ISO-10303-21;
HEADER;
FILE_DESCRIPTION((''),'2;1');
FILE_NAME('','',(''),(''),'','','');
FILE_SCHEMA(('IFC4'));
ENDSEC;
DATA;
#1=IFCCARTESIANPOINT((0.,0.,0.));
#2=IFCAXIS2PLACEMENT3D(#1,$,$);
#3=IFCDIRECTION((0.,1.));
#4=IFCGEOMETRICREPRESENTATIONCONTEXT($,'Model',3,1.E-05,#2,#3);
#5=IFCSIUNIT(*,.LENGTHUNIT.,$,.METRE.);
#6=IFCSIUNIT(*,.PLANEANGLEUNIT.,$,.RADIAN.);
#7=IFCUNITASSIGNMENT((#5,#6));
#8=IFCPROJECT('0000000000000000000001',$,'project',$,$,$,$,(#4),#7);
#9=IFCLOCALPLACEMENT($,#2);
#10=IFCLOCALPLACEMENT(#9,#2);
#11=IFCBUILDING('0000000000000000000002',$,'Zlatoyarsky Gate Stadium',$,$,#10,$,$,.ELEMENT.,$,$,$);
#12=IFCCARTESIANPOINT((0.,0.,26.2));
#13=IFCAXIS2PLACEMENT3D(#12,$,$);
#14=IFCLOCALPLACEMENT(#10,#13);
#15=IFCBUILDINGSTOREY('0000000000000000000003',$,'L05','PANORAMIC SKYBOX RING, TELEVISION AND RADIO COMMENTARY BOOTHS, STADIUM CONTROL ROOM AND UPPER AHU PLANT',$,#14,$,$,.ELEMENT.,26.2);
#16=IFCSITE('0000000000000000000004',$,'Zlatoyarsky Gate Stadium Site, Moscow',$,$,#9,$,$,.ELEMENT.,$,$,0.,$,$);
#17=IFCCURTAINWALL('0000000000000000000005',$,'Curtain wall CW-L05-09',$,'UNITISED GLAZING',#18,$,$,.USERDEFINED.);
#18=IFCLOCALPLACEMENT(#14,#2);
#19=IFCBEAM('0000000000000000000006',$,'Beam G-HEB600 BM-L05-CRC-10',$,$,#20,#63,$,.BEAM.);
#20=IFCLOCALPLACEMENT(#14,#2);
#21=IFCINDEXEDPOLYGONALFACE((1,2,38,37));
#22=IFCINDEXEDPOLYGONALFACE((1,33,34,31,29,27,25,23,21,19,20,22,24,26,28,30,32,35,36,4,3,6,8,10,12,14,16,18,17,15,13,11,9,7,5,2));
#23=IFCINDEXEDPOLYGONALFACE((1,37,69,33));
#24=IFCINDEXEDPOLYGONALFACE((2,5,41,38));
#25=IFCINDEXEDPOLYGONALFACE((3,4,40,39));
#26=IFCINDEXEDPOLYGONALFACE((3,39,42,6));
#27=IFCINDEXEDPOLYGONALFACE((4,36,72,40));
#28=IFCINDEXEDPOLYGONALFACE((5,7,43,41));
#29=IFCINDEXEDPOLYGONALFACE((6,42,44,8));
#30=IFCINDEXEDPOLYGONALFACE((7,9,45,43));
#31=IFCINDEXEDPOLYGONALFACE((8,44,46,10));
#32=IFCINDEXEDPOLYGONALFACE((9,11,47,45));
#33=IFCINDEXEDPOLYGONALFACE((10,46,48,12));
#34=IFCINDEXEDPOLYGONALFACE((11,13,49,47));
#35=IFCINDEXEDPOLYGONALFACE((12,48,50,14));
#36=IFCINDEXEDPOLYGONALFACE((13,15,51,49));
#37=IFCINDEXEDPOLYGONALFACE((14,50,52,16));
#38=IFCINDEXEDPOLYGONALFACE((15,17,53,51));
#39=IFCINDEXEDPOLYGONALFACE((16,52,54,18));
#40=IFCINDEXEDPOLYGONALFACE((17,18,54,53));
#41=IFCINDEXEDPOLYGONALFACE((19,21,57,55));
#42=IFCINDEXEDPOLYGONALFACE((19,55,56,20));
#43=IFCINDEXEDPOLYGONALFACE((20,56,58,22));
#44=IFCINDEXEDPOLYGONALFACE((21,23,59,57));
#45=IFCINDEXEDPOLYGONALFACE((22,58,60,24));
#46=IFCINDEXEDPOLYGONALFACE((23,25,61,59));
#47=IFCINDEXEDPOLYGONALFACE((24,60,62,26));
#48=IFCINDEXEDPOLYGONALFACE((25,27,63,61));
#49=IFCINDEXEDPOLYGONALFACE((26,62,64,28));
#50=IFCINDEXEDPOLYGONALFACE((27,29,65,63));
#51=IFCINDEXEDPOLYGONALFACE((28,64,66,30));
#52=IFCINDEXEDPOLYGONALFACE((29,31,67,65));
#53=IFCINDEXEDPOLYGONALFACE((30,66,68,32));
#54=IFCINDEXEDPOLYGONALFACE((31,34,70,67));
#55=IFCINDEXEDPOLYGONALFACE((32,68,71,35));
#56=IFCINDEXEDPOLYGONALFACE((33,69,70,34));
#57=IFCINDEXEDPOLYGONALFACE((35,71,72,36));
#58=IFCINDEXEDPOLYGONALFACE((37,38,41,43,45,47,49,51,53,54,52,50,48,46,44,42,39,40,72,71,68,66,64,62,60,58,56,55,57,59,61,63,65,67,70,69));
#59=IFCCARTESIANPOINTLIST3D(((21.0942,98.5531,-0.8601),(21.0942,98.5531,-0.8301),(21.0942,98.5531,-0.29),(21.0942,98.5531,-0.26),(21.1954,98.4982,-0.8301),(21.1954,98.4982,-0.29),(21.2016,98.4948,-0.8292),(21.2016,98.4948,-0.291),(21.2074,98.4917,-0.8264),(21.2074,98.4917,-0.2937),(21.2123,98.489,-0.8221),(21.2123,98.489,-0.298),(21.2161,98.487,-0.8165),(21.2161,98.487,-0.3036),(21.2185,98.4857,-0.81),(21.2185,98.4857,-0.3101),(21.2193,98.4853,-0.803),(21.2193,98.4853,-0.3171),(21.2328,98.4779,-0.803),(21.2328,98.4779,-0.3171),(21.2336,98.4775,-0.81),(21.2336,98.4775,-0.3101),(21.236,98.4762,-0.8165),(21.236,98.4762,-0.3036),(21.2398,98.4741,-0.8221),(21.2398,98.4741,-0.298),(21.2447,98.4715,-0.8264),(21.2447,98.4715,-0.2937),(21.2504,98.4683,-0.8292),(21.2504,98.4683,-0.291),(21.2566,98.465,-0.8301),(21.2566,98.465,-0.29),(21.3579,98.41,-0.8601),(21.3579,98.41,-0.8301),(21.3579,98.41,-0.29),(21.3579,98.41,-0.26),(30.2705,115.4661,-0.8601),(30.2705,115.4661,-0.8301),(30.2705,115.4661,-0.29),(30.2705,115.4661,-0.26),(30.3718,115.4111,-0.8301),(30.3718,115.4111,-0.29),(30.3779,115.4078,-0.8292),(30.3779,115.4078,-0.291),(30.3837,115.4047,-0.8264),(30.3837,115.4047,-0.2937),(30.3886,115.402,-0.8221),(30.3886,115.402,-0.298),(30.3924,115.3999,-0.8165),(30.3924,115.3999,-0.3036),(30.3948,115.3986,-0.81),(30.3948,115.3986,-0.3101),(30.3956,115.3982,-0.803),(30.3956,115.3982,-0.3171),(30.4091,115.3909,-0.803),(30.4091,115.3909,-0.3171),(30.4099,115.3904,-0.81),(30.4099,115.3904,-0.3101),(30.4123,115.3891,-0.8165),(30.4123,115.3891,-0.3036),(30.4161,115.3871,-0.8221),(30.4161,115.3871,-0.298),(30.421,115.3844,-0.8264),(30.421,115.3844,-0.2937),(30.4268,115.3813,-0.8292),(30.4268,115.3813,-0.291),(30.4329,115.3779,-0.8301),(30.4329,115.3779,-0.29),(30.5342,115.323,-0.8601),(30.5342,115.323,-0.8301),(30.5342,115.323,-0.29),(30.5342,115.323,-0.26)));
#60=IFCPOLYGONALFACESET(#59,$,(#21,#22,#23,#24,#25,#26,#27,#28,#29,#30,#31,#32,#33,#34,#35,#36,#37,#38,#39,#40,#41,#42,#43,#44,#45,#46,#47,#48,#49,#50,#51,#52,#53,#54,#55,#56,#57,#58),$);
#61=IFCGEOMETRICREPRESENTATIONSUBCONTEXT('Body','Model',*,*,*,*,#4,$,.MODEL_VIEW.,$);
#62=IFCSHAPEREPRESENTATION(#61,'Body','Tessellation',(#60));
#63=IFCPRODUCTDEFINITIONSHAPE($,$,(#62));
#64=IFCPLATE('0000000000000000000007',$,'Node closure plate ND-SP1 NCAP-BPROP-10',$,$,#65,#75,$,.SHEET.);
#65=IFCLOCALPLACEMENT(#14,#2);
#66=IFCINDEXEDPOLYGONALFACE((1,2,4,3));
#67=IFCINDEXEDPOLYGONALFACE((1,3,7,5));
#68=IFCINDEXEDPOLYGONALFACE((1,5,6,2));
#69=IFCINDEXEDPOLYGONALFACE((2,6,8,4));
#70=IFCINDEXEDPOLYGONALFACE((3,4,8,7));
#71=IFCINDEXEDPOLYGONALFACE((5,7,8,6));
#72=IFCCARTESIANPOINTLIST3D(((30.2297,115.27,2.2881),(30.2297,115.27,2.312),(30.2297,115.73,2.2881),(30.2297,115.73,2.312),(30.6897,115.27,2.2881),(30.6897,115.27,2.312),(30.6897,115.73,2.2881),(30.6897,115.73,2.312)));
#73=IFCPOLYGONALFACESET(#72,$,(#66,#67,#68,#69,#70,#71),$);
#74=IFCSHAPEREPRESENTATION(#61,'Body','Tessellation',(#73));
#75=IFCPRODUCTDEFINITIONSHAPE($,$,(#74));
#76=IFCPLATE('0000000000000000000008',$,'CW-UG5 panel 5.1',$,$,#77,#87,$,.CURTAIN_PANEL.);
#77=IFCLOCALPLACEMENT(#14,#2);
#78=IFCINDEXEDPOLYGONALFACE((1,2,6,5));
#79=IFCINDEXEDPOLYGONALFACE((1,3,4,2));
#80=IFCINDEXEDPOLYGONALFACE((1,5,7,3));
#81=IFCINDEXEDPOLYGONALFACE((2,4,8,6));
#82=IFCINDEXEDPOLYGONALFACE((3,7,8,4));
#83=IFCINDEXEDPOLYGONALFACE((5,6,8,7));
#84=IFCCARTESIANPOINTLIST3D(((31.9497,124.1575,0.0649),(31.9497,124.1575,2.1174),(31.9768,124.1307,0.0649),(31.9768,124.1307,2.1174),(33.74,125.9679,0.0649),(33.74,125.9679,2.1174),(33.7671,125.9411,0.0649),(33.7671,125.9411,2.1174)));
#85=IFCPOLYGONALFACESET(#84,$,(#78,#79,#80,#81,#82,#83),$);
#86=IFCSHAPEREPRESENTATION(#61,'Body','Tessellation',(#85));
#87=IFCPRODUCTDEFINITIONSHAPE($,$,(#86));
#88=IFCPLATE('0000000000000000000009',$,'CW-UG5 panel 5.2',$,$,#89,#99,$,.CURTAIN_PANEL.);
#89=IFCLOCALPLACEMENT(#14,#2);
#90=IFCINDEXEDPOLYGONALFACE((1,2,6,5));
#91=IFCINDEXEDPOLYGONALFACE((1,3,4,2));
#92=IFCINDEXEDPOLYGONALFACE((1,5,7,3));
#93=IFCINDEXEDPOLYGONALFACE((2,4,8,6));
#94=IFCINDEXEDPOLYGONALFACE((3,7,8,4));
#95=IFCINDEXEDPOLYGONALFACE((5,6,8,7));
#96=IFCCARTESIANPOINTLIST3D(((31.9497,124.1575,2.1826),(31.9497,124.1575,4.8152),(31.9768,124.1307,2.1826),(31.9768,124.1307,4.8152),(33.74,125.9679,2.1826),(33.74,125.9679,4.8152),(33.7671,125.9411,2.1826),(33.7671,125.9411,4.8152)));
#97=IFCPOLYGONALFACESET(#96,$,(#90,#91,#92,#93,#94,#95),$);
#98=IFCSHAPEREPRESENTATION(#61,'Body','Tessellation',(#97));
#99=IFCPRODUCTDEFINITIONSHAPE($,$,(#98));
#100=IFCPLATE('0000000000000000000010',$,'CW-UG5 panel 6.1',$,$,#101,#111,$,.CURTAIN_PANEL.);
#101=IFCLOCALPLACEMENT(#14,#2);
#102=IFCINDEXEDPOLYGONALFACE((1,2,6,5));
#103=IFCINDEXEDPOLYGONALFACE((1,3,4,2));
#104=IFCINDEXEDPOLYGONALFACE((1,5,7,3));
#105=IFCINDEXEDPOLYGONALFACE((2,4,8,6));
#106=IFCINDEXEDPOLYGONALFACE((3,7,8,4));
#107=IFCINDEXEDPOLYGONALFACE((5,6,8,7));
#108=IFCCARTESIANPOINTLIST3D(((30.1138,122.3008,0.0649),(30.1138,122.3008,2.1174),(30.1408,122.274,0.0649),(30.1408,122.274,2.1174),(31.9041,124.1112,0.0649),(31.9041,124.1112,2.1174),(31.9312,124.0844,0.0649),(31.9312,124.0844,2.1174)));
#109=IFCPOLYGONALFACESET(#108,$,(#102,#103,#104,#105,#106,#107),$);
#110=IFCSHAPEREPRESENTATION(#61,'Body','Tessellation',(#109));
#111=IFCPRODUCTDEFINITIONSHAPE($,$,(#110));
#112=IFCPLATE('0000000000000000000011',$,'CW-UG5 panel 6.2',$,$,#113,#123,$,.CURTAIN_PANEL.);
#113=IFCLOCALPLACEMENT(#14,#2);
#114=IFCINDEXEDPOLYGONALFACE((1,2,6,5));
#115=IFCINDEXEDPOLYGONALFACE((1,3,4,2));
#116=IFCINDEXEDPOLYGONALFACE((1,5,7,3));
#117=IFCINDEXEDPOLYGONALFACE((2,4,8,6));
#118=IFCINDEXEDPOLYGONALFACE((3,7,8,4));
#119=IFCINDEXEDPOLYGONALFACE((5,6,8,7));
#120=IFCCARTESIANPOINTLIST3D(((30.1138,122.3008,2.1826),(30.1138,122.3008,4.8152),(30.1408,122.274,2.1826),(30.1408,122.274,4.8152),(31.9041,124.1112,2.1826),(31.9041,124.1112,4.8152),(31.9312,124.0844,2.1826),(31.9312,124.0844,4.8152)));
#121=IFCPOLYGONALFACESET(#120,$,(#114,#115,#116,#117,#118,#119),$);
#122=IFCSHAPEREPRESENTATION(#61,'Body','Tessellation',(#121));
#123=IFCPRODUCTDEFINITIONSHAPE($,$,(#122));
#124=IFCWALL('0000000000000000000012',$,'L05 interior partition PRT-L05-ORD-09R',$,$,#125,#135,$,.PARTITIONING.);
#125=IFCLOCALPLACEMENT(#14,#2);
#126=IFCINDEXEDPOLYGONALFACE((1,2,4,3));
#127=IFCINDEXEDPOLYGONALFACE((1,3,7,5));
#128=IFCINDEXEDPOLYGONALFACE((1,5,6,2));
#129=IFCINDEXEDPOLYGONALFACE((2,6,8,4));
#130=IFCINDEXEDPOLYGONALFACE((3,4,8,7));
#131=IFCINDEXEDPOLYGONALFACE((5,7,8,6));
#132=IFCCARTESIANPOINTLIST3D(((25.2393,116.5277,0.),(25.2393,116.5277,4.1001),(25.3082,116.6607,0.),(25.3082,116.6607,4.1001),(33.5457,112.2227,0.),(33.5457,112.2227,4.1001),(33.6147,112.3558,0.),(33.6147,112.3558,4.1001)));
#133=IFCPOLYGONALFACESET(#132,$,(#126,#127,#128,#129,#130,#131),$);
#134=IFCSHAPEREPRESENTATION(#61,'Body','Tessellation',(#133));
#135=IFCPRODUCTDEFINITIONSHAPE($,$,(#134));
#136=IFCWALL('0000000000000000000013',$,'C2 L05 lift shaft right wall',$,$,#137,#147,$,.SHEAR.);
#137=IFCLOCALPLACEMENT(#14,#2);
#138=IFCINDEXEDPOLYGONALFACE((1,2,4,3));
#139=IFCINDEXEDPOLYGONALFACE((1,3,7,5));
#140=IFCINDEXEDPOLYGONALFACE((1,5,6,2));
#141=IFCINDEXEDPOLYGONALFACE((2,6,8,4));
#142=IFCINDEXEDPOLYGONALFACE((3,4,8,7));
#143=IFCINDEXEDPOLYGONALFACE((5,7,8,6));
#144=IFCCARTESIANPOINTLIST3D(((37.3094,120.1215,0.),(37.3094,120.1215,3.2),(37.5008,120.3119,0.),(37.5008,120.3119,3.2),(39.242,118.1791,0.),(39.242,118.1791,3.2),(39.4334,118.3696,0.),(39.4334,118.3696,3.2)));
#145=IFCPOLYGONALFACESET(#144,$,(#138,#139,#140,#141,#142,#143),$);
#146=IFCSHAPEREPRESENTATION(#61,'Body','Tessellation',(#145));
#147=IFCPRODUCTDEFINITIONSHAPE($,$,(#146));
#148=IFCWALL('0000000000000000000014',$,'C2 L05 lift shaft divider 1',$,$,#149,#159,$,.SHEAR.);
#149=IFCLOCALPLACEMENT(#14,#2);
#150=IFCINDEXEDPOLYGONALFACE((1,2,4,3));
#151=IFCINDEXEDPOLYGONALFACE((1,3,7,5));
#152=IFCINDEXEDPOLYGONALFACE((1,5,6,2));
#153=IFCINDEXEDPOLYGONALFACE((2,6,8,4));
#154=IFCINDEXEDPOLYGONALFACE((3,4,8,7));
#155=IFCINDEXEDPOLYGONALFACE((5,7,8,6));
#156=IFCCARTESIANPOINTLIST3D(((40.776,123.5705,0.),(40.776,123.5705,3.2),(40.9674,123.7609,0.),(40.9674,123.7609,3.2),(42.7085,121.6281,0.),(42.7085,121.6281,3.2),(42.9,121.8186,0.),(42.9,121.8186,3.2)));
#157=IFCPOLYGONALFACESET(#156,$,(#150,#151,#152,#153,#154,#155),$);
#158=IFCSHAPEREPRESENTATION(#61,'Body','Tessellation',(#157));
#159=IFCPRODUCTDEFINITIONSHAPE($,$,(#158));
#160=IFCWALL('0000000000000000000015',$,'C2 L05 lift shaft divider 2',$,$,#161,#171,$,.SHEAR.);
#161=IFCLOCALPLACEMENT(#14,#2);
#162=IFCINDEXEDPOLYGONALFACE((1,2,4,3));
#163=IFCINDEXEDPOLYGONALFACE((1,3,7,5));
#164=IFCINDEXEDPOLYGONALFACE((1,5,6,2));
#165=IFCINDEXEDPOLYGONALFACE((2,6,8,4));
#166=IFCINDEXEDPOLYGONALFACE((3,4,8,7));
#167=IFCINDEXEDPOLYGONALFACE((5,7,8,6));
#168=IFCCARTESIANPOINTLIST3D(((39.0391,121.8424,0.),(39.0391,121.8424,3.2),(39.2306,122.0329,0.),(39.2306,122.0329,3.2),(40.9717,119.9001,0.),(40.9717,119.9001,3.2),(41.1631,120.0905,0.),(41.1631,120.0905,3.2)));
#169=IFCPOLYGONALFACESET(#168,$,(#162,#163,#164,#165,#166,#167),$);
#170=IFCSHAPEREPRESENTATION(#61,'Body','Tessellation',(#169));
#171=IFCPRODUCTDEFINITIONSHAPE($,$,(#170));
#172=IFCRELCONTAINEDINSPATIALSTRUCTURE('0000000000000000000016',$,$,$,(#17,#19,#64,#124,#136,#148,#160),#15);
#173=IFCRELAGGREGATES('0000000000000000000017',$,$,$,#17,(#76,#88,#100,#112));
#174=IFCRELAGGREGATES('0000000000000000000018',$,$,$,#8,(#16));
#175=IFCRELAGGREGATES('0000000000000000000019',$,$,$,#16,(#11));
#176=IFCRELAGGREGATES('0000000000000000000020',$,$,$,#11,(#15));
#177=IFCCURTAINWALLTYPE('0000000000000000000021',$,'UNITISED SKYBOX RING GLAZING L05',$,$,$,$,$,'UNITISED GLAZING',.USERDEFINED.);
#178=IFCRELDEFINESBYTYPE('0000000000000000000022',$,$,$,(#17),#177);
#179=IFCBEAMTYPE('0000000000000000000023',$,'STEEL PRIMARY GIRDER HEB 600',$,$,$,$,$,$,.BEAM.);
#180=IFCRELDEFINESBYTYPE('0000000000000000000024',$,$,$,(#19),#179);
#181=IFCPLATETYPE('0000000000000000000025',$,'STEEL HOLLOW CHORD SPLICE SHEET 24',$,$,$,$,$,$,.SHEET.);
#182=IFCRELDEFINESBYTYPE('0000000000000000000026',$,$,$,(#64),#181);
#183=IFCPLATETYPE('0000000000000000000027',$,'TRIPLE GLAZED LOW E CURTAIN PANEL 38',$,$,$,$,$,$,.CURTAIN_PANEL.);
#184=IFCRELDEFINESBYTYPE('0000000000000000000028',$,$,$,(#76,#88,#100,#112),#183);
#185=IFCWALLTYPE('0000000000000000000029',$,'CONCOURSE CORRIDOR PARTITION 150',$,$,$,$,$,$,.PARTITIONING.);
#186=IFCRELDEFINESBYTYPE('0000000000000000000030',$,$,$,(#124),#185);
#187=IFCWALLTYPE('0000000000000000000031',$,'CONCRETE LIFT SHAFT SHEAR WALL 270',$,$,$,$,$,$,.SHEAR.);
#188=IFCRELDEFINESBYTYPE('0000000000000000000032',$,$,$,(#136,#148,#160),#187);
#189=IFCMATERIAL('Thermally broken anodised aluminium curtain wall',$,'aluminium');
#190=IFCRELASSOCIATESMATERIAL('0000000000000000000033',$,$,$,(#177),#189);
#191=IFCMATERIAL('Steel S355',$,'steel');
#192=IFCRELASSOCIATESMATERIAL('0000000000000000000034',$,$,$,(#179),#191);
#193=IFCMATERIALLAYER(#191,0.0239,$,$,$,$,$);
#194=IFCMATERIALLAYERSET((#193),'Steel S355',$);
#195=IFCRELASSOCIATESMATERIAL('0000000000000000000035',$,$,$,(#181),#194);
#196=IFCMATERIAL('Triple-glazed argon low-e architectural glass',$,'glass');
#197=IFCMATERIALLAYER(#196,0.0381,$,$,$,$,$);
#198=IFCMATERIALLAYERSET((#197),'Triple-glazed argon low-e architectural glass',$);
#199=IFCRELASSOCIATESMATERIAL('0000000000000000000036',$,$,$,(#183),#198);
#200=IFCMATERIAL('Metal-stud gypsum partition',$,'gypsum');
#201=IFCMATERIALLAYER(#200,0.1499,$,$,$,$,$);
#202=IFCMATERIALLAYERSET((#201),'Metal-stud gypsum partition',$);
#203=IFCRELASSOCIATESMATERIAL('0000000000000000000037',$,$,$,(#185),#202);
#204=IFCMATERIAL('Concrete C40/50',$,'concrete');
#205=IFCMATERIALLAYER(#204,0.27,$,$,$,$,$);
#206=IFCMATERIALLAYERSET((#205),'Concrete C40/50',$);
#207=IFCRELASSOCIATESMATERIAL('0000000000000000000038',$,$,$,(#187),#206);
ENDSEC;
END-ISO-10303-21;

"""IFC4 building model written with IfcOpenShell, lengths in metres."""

from ifc_helpers import new_model, si_unit, direction, frame, frame_2d, origin, origin_2d, place, context, subcontext, project, spatial, rectangle, i_section, extrude, material, layer, layer_set, material_profile, profile_set, type_object, element, aggregate, save


model = new_model("IFC4")

# Units and contexts
model_context = context("Model", 3, precision=1e-05, world=origin(), true_north=direction((0.0, 1.0)))
body_context = subcontext(model_context, "Body", "Model", "MODEL_VIEW")
ifc_project = project(units=[si_unit("LENGTHUNIT", "METRE"), si_unit("PLANEANGLEUNIT", "RADIAN")], contexts=[model_context])

# Site, building, storey
site_placement = place(None, origin())
site = spatial("IfcSite", under=ifc_project, at=site_placement, Name="Zlatoyarsky Gate Stadium Site, Moscow", CompositionType="ELEMENT", RefElevation=0.0)
building_placement = place(site_placement, origin())
building = spatial("IfcBuilding", under=site, at=building_placement, Name="Zlatoyarsky Gate Stadium", CompositionType="ELEMENT")
storey_placement = place(building_placement, frame((0.0, 0.0, 26.2)))
storey = spatial("IfcBuildingStorey", under=building, at=storey_placement, Name="L05", Description="PANORAMIC SKYBOX RING, TELEVISION AND RADIO COMMENTARY BOOTHS, STADIUM CONTROL ROOM AND UPPER AHU PLANT", CompositionType="ELEMENT", Elevation=26.2)

# Shared definitions
ifc_material_1 = material(Name="Steel S355", Category="steel")

# Curtain wall
ifc_material_2 = material(Name="Thermally broken anodised aluminium curtain wall", Category="aluminium")
curtain_wall_type = type_object("IfcCurtainWallType", Name="UNITISED SKYBOX RING GLAZING L05", ElementType="UNITISED GLAZING", PredefinedType="USERDEFINED", material=ifc_material_2)
curtain_wall_placement = place(storey_placement, origin())
curtain_wall = element("IfcCurtainWall", 1, at=curtain_wall_placement, inside=storey, type_object=curtain_wall_type, Name="Curtain wall CW-L05-09", ObjectType="UNITISED GLAZING", PredefinedType="USERDEFINED")

# Beam
ifc_material_profile_1 = material_profile(ifc_material_1, i_section(OverallWidth=0.3, OverallDepth=0.6001, WebThickness=0.0154, FlangeThickness=0.03, FilletRadius=0.0271, at=origin_2d()), Name="HEB 600")
ifc_profile_set_1 = profile_set([ifc_material_profile_1], Name="Steel S355")
beam_type_1 = type_object("IfcBeamType", Name="STEEL PRIMARY GIRDER HEB 600", PredefinedType="BEAM", material=ifc_profile_set_1)
beam_1_placement = place(storey_placement, frame((30.4023, 115.3945, -0.5601), z_axis=(-0.476892, -0.878962, 0.0), x_axis=(0.878962, -0.476892, 0.0)))
element("IfcBeam", 2, at=beam_1_placement, inside=storey, type_object=beam_type_1, Name="Beam G-HEB600 BM-L05-CRC-10", PredefinedType="BEAM", context=body_context, shape_type="SweptSolid", body=[
    extrude(i_section(OverallWidth=0.3, OverallDepth=0.6001, WebThickness=0.0154, FlangeThickness=0.03, FilletRadius=0.0271, at=origin_2d()), origin(), (0.0, 0.0, 1.0), 19.2419),
])

# Plates
ifc_layer_1 = layer(ifc_material_1, 0.0239)
ifc_layer_set_1 = layer_set([ifc_layer_1], Name="Steel S355")
plate_type_1 = type_object("IfcPlateType", Name="STEEL HOLLOW CHORD SPLICE SHEET 24", PredefinedType="SHEET", material=ifc_layer_set_1)
plate_1_placement = place(storey_placement, frame((30.4597, 115.5, 2.2881), z_axis=(0.0, 0.0, 1.0), x_axis=(1.0, 0.0, 0.0)))
element("IfcPlate", 3, at=plate_1_placement, inside=storey, type_object=plate_type_1, Name="Node closure plate ND-SP1 NCAP-BPROP-10", PredefinedType="SHEET", context=body_context, shape_type="SweptSolid", body=[
    extrude(rectangle(XDim=0.46, YDim=0.46, at=origin_2d()), origin(), (0.0, 0.0, 1.0), 0.0239),
])
ifc_material_3 = material(Name="Triple-glazed argon low-e architectural glass", Category="glass")
ifc_layer_2 = layer(ifc_material_3, 0.0381)
ifc_layer_set_2 = layer_set([ifc_layer_2], Name="Triple-glazed argon low-e architectural glass")
plate_type_2 = type_object("IfcPlateType", Name="TRIPLE GLAZED LOW E CURTAIN PANEL 38", PredefinedType="CURTAIN_PANEL", material=ifc_layer_set_2)
plate_2_placement = place(storey_placement, frame((32.8584, 125.0493, 0.0649), z_axis=(0.0, 0.0, 1.0), x_axis=(-0.703156, -0.711036, 0.0)))
plate_2 = element("IfcPlate", 4, at=plate_2_placement, type_object=plate_type_2, Name="CW-UG5 panel 5.1", PredefinedType="CURTAIN_PANEL", context=body_context, shape_type="SweptSolid", body=[
    extrude(rectangle(XDim=2.5461, YDim=0.0381, at=origin_2d()), origin(), (0.0, 0.0, 1.0), 2.0525),
])
plate_3_placement = place(storey_placement, frame((32.8584, 125.0493, 2.1826), z_axis=(0.0, 0.0, 1.0), x_axis=(-0.703156, -0.711036, 0.0)))
plate_3 = element("IfcPlate", 5, at=plate_3_placement, type_object=plate_type_2, Name="CW-UG5 panel 5.2", PredefinedType="CURTAIN_PANEL", context=body_context, shape_type="SweptSolid", body=[
    extrude(rectangle(XDim=2.5461, YDim=0.0381, at=origin_2d()), origin(), (0.0, 0.0, 1.0), 2.6326),
])
plate_4_placement = place(storey_placement, frame((31.0225, 123.1926, 0.0649), z_axis=(0.0, 0.0, 1.0), x_axis=(-0.703156, -0.711036, 0.0)))
plate_4 = element("IfcPlate", 6, at=plate_4_placement, type_object=plate_type_2, Name="CW-UG5 panel 6.1", PredefinedType="CURTAIN_PANEL", context=body_context, shape_type="SweptSolid", body=[
    extrude(rectangle(XDim=2.5461, YDim=0.0381, at=origin_2d()), origin(), (0.0, 0.0, 1.0), 2.0525),
])
plate_5_placement = place(storey_placement, frame((31.0225, 123.1926, 2.1826), z_axis=(0.0, 0.0, 1.0), x_axis=(-0.703156, -0.711036, 0.0)))
plate_5 = element("IfcPlate", 7, at=plate_5_placement, type_object=plate_type_2, Name="CW-UG5 panel 6.2", PredefinedType="CURTAIN_PANEL", context=body_context, shape_type="SweptSolid", body=[
    extrude(rectangle(XDim=2.5461, YDim=0.0381, at=origin_2d()), origin(), (0.0, 0.0, 1.0), 2.6326),
])
aggregate(curtain_wall, [plate_2, plate_3, plate_4, plate_5])

# Walls
ifc_material_4 = material(Name="Metal-stud gypsum partition", Category="gypsum")
ifc_layer_3 = layer(ifc_material_4, 0.1499)
ifc_layer_set_3 = layer_set([ifc_layer_3], Name="Metal-stud gypsum partition")
wall_type_1 = type_object("IfcWallType", Name="CONCOURSE CORRIDOR PARTITION 150", PredefinedType="PARTITIONING", material=ifc_layer_set_3)
wall_1_placement = place(storey_placement, frame((33.5801, 112.2893, 0.0), z_axis=(0.0, 0.0, 1.0), x_axis=(-0.887846, 0.460141, 0.0)))
element("IfcWall", 8, at=wall_1_placement, inside=storey, type_object=wall_type_1, Name="L05 interior partition PRT-L05-ORD-09R", PredefinedType="PARTITIONING", context=body_context, shape_type="SweptSolid", body=[
    extrude(rectangle(XDim=9.3557, YDim=0.1499, at=frame_2d((4.6777, 0.0))), origin(), (0.0, 0.0, 1.0), 4.1001),
])
ifc_material_5 = material(Name="Concrete C40/50", Category="concrete")
ifc_layer_4 = layer(ifc_material_5, 0.27)
ifc_layer_set_4 = layer_set([ifc_layer_4], Name="Concrete C40/50")
wall_type_2 = type_object("IfcWallType", Name="CONCRETE LIFT SHAFT SHEAR WALL 270", PredefinedType="SHEAR", material=ifc_layer_set_4)
for number, where, z_axis, x_axis, name in (
    (9, (37.405, 120.2168, 0.0), (0.0, 0.0, 1.0), (0.705323, -0.708887, 0.0), "C2 L05 lift shaft right wall"),
    (10, (40.8716, 123.6658, 0.0), (0.0, 0.0, 1.0), (0.705323, -0.708887, 0.0), "C2 L05 lift shaft divider 1"),
    (11, (39.1348, 121.9377, 0.0), (0.0, 0.0, 1.0), (0.705323, -0.708887, 0.0), "C2 L05 lift shaft divider 2"),
):
    element("IfcWall", number, at=place(storey_placement, frame(where, z_axis=z_axis, x_axis=x_axis)), inside=storey, type_object=wall_type_2, Name=name, PredefinedType="SHEAR", context=body_context, shape_type="SweptSolid", body=[
        extrude(rectangle(XDim=2.74, YDim=0.27, at=frame_2d((1.3701, 0.0))), origin(), (0.0, 0.0, 1.0), 3.2),
    ])

save(model, "model.ifc")
